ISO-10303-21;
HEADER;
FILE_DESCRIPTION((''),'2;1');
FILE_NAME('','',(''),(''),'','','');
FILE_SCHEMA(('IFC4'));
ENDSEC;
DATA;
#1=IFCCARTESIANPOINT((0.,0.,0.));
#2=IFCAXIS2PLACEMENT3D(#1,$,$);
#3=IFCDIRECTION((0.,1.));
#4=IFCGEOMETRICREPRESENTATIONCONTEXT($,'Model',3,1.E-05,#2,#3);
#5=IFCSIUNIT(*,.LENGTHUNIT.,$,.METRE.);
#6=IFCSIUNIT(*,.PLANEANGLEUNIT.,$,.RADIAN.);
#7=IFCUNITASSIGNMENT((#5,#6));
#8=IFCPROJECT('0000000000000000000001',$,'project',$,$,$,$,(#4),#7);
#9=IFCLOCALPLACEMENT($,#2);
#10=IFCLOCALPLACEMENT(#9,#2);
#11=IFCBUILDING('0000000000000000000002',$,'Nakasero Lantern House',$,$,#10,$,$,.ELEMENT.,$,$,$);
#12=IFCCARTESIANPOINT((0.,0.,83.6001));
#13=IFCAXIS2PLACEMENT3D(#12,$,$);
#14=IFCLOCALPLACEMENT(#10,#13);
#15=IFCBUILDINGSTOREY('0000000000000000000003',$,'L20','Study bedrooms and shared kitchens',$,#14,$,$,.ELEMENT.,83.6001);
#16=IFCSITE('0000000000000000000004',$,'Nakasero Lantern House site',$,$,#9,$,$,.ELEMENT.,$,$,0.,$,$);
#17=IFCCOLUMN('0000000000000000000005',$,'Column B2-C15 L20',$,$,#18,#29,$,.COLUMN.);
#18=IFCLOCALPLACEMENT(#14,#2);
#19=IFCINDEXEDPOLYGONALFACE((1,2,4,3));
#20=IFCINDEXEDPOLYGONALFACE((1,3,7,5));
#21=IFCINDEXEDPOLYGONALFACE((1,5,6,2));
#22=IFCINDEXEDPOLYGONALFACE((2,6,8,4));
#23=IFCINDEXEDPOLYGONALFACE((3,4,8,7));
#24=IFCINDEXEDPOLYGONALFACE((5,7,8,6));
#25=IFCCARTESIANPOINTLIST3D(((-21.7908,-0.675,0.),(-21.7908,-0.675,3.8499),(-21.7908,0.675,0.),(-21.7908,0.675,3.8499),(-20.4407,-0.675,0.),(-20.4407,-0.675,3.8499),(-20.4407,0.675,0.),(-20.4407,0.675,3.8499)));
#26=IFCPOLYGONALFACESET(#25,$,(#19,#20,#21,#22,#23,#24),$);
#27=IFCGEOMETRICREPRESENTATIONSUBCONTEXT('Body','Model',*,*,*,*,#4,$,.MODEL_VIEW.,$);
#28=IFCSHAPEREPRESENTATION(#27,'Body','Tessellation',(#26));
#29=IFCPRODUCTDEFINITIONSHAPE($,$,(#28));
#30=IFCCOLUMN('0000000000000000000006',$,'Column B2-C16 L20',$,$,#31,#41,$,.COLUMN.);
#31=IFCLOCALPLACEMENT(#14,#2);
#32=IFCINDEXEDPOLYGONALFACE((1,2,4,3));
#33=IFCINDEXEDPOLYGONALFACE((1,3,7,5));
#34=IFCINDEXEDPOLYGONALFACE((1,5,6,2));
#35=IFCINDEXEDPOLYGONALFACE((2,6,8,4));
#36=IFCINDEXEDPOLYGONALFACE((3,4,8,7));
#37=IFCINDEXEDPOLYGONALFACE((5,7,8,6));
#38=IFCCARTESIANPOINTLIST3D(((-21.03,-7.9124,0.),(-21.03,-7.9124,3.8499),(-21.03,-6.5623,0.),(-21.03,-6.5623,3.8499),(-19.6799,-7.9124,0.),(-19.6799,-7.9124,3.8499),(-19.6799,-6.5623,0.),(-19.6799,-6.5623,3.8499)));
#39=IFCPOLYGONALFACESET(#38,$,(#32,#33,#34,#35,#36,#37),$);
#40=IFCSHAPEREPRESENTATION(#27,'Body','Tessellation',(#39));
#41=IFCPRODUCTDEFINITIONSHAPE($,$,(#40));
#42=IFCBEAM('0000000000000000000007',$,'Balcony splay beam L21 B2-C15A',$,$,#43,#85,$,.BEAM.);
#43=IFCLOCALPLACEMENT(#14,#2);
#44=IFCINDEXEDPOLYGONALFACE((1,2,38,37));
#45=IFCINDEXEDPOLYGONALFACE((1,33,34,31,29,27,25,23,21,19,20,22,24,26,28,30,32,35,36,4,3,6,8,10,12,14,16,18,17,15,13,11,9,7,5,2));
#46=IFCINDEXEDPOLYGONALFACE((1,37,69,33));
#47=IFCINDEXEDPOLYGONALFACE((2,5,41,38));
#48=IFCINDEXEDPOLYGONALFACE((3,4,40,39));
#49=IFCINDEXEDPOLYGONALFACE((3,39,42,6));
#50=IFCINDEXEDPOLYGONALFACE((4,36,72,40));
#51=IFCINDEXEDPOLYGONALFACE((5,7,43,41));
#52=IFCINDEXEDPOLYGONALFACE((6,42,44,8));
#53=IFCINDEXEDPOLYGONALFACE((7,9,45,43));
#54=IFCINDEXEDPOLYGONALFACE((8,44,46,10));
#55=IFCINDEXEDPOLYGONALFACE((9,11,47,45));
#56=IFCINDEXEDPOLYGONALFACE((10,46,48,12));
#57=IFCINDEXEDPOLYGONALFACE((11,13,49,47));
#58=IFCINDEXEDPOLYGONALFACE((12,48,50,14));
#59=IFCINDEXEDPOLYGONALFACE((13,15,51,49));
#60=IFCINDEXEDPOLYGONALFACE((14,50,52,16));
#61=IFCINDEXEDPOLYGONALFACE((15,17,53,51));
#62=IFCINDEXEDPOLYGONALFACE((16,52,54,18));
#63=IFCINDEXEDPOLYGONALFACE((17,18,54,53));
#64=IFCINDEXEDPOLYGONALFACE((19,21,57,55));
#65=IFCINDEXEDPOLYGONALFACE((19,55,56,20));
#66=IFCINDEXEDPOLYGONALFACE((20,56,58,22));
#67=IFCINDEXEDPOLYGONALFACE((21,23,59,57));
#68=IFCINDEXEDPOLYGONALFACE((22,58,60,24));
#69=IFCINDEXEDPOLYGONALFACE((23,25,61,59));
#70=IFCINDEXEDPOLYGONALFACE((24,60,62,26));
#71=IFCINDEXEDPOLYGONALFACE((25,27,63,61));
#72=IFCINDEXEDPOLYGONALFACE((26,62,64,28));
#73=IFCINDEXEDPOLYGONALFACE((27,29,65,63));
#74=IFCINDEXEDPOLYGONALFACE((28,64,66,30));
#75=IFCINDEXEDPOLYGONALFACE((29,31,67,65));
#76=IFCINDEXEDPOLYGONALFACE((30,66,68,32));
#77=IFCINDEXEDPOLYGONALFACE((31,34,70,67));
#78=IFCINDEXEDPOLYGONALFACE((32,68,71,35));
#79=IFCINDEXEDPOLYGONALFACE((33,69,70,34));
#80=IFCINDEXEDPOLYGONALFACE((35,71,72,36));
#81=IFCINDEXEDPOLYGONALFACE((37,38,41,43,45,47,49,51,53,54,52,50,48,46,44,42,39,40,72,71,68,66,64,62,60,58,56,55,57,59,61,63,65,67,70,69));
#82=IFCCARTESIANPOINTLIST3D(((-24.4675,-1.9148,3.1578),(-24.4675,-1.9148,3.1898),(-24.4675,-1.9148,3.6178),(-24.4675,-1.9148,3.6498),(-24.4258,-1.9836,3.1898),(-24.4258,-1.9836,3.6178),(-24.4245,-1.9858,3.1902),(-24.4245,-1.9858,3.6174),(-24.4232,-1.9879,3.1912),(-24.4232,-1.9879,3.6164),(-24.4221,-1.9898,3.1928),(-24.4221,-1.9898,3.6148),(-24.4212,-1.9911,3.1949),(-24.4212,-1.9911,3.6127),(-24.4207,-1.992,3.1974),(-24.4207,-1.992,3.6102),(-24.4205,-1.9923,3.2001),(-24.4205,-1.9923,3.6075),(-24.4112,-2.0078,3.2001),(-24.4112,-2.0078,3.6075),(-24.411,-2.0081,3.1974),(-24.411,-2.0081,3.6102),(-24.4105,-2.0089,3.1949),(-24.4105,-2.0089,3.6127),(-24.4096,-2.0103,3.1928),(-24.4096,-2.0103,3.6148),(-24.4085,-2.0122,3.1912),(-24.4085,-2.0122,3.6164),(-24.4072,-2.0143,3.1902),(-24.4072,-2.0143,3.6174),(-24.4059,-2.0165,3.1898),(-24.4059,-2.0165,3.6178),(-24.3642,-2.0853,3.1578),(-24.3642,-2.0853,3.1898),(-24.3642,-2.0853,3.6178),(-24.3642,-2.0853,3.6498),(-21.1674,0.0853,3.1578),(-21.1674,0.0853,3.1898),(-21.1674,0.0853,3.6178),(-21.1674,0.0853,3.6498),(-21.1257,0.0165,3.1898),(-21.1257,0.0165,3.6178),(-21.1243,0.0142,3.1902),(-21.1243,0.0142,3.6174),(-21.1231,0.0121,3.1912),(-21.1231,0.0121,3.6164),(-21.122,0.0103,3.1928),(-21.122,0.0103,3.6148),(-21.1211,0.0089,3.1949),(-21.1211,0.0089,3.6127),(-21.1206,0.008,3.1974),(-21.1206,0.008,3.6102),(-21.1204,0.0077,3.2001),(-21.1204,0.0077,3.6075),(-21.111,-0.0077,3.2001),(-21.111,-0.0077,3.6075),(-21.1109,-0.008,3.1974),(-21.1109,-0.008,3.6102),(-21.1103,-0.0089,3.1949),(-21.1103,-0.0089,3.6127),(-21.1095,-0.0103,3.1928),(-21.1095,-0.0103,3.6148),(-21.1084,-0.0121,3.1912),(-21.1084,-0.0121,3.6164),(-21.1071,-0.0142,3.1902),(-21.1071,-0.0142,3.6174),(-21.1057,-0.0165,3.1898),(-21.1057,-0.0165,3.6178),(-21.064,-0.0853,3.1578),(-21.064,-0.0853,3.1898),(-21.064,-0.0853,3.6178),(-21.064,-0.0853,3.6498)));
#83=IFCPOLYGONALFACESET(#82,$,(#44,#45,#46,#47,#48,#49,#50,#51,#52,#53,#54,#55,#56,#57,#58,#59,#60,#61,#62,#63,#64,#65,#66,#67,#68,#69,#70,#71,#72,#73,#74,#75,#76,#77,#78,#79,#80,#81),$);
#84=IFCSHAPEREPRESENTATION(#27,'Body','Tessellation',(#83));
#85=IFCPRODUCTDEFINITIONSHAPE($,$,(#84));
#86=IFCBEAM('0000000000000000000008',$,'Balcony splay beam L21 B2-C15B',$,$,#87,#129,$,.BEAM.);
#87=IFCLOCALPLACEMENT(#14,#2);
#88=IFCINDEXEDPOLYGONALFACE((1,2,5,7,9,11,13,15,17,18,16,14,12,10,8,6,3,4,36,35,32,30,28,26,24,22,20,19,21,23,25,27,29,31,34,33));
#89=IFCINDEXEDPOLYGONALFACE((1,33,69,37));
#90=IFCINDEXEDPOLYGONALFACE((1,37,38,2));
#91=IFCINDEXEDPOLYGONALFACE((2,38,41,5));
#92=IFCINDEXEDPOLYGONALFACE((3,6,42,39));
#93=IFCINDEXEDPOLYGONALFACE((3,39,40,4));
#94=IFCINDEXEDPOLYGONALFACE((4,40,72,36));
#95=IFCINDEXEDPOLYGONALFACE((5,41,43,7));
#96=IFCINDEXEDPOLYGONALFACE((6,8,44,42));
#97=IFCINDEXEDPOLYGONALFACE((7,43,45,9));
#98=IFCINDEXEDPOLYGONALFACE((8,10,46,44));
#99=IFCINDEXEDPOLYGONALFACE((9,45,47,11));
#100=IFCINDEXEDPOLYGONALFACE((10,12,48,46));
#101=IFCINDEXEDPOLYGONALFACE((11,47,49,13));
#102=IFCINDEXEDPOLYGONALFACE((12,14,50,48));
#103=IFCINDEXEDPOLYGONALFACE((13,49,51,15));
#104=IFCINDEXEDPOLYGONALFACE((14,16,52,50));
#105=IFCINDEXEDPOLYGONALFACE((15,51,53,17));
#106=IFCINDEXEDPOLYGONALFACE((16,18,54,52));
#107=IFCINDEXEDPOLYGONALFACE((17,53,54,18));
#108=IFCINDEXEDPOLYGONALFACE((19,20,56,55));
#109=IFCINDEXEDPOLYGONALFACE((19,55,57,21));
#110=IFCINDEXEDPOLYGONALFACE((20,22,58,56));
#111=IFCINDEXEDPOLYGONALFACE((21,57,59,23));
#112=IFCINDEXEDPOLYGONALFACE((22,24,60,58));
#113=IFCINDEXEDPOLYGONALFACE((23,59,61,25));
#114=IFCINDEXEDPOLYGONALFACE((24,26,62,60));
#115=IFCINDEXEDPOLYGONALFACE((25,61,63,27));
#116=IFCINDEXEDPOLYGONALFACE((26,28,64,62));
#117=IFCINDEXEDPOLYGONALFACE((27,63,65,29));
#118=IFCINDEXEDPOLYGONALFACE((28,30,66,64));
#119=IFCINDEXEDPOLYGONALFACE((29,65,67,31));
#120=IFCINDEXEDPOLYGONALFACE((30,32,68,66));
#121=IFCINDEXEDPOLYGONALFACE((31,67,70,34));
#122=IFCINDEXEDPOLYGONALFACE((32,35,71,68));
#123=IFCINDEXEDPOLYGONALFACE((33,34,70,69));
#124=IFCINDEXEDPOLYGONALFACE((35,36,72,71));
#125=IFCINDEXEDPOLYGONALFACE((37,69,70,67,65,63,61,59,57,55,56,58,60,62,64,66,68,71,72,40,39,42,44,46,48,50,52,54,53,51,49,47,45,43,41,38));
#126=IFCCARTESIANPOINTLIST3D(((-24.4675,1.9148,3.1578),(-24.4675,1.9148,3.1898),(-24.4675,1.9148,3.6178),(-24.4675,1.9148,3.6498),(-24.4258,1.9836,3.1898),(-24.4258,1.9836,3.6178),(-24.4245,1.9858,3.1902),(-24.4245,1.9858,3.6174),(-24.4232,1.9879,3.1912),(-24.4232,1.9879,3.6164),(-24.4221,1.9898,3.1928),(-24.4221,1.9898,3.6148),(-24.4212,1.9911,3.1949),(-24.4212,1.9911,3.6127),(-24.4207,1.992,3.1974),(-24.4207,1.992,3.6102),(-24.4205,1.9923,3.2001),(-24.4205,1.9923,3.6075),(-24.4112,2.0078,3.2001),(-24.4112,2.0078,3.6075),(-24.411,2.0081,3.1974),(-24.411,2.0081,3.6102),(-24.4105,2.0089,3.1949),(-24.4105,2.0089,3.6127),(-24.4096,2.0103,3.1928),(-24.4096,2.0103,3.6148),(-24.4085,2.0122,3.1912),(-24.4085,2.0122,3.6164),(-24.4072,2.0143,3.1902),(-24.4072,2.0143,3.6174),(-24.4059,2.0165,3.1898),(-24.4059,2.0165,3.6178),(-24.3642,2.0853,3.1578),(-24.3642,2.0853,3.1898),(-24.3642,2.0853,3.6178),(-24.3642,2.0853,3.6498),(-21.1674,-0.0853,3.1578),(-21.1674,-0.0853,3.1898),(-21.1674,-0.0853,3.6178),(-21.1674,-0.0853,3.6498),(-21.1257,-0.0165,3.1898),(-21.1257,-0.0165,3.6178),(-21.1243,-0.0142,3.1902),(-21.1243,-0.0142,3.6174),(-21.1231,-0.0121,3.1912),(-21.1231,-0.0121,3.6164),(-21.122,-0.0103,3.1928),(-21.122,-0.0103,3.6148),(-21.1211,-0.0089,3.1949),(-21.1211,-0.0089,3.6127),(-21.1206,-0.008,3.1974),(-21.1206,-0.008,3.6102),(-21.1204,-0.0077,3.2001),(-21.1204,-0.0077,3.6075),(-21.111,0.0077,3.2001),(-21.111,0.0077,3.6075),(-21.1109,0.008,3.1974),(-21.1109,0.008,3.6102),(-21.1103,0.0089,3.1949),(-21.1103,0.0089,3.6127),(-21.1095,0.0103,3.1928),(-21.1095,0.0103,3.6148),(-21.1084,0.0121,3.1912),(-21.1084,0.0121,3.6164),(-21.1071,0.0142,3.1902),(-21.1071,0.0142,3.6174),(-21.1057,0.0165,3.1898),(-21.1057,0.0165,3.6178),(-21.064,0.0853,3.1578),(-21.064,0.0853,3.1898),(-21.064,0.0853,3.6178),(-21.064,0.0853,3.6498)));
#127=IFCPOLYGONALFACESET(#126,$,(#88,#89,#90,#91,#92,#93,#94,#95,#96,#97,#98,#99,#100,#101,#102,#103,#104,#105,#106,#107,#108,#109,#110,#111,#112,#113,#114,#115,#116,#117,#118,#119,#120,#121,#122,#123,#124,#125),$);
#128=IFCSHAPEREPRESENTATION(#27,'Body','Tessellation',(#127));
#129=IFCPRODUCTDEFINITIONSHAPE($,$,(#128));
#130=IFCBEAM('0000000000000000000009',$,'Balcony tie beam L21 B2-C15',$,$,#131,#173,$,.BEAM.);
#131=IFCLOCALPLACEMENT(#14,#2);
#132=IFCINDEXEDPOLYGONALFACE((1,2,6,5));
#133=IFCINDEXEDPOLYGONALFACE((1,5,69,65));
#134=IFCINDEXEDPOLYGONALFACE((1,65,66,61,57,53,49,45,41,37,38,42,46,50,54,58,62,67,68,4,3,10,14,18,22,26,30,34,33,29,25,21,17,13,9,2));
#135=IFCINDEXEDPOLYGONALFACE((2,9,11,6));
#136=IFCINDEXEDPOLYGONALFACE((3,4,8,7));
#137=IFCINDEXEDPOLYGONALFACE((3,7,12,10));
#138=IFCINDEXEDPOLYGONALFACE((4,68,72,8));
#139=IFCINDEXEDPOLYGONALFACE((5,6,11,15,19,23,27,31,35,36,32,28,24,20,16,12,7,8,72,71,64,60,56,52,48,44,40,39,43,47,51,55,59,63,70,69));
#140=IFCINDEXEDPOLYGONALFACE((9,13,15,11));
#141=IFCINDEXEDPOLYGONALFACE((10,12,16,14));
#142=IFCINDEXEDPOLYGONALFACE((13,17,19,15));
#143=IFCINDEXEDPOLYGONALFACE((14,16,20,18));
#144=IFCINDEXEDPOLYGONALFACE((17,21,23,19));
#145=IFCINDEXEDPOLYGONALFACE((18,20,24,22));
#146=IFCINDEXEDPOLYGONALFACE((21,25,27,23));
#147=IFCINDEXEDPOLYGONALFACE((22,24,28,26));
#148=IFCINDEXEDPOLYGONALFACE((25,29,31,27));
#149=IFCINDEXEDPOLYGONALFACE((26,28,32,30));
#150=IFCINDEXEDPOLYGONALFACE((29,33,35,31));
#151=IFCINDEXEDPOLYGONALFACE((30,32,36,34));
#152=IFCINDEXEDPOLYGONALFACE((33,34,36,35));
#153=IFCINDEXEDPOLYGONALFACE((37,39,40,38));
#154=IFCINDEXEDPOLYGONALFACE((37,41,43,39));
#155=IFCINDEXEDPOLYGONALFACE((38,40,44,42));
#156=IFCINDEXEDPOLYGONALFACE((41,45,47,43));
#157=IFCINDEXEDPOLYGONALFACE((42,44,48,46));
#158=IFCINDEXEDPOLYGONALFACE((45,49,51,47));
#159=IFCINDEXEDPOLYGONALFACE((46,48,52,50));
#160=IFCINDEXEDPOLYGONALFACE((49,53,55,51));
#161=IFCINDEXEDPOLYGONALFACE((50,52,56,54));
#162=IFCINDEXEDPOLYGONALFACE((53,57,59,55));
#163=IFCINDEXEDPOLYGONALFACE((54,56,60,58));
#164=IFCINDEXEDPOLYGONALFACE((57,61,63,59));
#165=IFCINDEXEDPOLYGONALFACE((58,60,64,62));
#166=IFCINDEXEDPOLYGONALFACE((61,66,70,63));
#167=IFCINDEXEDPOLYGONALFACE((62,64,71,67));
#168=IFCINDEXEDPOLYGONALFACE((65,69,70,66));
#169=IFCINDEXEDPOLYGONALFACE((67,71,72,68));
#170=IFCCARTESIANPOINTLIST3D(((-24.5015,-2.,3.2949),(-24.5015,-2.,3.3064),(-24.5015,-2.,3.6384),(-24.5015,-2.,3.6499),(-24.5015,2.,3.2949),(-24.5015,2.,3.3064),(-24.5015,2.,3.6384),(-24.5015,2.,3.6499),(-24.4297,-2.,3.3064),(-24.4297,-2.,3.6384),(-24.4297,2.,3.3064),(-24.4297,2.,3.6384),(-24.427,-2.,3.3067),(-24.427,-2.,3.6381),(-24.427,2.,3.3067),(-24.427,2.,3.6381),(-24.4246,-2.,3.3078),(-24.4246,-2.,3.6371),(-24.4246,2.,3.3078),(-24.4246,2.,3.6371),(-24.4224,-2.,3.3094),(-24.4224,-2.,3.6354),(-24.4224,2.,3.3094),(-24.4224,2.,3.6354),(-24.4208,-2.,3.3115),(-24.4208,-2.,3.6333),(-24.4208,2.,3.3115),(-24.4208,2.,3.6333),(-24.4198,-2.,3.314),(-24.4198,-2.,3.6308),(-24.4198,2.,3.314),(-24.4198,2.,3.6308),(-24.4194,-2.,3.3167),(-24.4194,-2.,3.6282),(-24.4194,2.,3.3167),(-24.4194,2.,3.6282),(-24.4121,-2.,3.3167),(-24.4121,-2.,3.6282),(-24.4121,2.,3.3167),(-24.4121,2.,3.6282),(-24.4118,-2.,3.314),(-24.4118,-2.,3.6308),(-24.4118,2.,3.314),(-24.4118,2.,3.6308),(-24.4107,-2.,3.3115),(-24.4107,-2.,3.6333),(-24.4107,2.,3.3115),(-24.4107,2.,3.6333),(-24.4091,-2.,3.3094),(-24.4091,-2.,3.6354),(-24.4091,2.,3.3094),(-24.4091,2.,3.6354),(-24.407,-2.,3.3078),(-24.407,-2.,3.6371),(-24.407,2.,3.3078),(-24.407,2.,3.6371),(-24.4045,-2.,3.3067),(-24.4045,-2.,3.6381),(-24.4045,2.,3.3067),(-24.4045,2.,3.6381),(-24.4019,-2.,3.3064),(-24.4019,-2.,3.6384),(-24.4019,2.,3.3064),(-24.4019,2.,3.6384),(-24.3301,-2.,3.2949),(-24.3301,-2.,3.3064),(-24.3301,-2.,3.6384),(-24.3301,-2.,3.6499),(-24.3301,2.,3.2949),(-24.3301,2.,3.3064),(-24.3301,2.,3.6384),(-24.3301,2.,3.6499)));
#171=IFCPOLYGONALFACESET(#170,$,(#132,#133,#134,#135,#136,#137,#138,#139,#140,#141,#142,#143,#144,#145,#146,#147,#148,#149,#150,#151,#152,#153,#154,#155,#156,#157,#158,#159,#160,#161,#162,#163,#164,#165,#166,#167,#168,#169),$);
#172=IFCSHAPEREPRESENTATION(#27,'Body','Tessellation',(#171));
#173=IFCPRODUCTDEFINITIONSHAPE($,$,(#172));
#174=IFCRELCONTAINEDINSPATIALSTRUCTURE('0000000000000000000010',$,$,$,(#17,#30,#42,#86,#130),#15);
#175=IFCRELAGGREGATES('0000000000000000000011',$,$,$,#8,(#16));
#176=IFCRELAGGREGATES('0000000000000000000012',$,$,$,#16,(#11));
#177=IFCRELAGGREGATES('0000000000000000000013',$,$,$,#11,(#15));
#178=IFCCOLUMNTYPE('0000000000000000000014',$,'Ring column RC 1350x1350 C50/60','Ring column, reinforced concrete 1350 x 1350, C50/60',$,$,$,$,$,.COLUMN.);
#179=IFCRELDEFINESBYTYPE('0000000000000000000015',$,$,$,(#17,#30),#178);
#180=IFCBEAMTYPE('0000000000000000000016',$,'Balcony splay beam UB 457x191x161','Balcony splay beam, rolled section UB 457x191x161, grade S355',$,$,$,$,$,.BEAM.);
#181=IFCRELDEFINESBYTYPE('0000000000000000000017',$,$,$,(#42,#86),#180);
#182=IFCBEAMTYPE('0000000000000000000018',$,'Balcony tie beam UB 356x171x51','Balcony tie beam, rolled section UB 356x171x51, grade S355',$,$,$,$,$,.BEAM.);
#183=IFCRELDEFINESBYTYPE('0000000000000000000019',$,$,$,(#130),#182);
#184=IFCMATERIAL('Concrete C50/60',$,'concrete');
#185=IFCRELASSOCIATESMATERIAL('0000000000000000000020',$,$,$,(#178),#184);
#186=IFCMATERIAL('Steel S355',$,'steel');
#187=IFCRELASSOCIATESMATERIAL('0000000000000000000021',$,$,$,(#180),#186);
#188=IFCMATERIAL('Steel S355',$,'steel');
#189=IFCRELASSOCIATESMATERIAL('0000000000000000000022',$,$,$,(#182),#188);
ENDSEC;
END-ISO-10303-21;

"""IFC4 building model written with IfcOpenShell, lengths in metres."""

from ifc_helpers import new_model, si_unit, direction, frame, origin, origin_2d, place, context, subcontext, project, spatial, rectangle, i_section, extrude, material, material_profile, profile_set, type_object, element, save


model = new_model("IFC4")

# Units and contexts
model_context = context("Model", 3, precision=1e-05, world=origin(), true_north=direction((0.0, 1.0)))
body_context = subcontext(model_context, "Body", "Model", "MODEL_VIEW")
ifc_project = project(units=[si_unit("LENGTHUNIT", "METRE"), si_unit("PLANEANGLEUNIT", "RADIAN")], contexts=[model_context])

# Site, building, storey
site_placement = place(None, origin())
site = spatial("IfcSite", under=ifc_project, at=site_placement, Name="Nakasero Lantern House site", CompositionType="ELEMENT", RefElevation=0.0)
building_placement = place(site_placement, origin())
building = spatial("IfcBuilding", under=site, at=building_placement, Name="Nakasero Lantern House", CompositionType="ELEMENT")
storey_placement = place(building_placement, frame((0.0, 0.0, 83.6001)))
storey = spatial("IfcBuildingStorey", under=building, at=storey_placement, Name="L20", Description="Study bedrooms and shared kitchens", CompositionType="ELEMENT", Elevation=83.6001)

# Columns
ifc_material_1 = material(Name="Concrete C50/60", Category="concrete")
ifc_material_profile_1 = material_profile(ifc_material_1, rectangle(XDim=1.3501, YDim=1.3501, at=origin_2d()), Name="RC 1350x1350")
ifc_profile_set_1 = profile_set([ifc_material_profile_1], Name="Concrete C50/60")
column_type = type_object("IfcColumnType", Name="Ring column RC 1350x1350 C50/60", Description="Ring column, reinforced concrete 1350 x 1350, C50/60", PredefinedType="COLUMN", material=ifc_profile_set_1)
for number, where, z_axis, x_axis, name in (
    (1, (-21.1157, 0.0, 0.0), (0.0, 0.0, 1.0), (1.0, 0.0, 0.0), "Column B2-C15 L20"),
    (2, (-20.355, -7.2373, 0.0), (0.0, 0.0, 1.0), (1.0, 0.0, 0.0), "Column B2-C16 L20"),
):
    element("IfcColumn", number, at=place(storey_placement, frame(where, z_axis=z_axis, x_axis=x_axis)), inside=storey, type_object=column_type, Name=name, PredefinedType="COLUMN", context=body_context, shape_type="SweptSolid", body=[
        extrude(rectangle(XDim=1.3501, YDim=1.3501, at=origin_2d()), origin(), (0.0, 0.0, 1.0), 3.8499),
    ])

# Beams
ifc_material_2 = material(Name="Steel S355", Category="steel")
ifc_material_profile_2 = material_profile(ifc_material_2, i_section(OverallWidth=0.1995, OverallDepth=0.4919, WebThickness=0.0181, FlangeThickness=0.032, FilletRadius=0.0103, at=origin_2d()), Name="UB 457x191x161")
ifc_profile_set_2 = profile_set([ifc_material_profile_2], Name="Steel S355")
beam_type_1 = type_object("IfcBeamType", Name="Balcony splay beam UB 457x191x161", Description="Balcony splay beam, rolled section UB 457x191x161, grade S355", PredefinedType="BEAM", material=ifc_profile_set_2)
for number, where, z_axis, x_axis, name in (
    (3, (-21.1157, 0.0, 3.4038), (-0.855201, -0.518296, 0.0), (0.518296, -0.855201, 0.0), "Balcony splay beam L21 B2-C15A"),
    (4, (-21.1157, 0.0, 3.4038), (-0.855201, 0.518296, 0.0), (-0.518296, -0.855201, 0.0), "Balcony splay beam L21 B2-C15B"),
):
    element("IfcBeam", number, at=place(storey_placement, frame(where, z_axis=z_axis, x_axis=x_axis)), inside=storey, type_object=beam_type_1, Name=name, PredefinedType="BEAM", context=body_context, shape_type="SweptSolid", body=[
        extrude(i_section(OverallWidth=0.1995, OverallDepth=0.4919, WebThickness=0.0181, FlangeThickness=0.032, FilletRadius=0.0103, at=origin_2d()), origin(), (0.0, 0.0, 1.0), 3.8589),
    ])
ifc_material_3 = material(Name="Steel S355", Category="steel")
ifc_material_profile_3 = material_profile(ifc_material_3, i_section(OverallWidth=0.1714, OverallDepth=0.355, WebThickness=0.0073, FlangeThickness=0.0115, FilletRadius=0.0103, at=origin_2d()), Name="UB 356x171x51")
ifc_profile_set_3 = profile_set([ifc_material_profile_3], Name="Steel S355")
beam_type_2 = type_object("IfcBeamType", Name="Balcony tie beam UB 356x171x51", Description="Balcony tie beam, rolled section UB 356x171x51, grade S355", PredefinedType="BEAM", material=ifc_profile_set_3)
beam_1_placement = place(storey_placement, frame((-24.4158, -2.0, 3.4724), z_axis=(0.0, 1.0, 0.0), x_axis=(-1.0, 0.0, 0.0)))
element("IfcBeam", 5, at=beam_1_placement, inside=storey, type_object=beam_type_2, Name="Balcony tie beam L21 B2-C15", PredefinedType="BEAM", context=body_context, shape_type="SweptSolid", body=[
    extrude(i_section(OverallWidth=0.1714, OverallDepth=0.355, WebThickness=0.0073, FlangeThickness=0.0115, FilletRadius=0.0103, at=origin_2d()), origin(), (0.0, 0.0, 1.0), 4.0),
])

save(model, "model.ifc")
